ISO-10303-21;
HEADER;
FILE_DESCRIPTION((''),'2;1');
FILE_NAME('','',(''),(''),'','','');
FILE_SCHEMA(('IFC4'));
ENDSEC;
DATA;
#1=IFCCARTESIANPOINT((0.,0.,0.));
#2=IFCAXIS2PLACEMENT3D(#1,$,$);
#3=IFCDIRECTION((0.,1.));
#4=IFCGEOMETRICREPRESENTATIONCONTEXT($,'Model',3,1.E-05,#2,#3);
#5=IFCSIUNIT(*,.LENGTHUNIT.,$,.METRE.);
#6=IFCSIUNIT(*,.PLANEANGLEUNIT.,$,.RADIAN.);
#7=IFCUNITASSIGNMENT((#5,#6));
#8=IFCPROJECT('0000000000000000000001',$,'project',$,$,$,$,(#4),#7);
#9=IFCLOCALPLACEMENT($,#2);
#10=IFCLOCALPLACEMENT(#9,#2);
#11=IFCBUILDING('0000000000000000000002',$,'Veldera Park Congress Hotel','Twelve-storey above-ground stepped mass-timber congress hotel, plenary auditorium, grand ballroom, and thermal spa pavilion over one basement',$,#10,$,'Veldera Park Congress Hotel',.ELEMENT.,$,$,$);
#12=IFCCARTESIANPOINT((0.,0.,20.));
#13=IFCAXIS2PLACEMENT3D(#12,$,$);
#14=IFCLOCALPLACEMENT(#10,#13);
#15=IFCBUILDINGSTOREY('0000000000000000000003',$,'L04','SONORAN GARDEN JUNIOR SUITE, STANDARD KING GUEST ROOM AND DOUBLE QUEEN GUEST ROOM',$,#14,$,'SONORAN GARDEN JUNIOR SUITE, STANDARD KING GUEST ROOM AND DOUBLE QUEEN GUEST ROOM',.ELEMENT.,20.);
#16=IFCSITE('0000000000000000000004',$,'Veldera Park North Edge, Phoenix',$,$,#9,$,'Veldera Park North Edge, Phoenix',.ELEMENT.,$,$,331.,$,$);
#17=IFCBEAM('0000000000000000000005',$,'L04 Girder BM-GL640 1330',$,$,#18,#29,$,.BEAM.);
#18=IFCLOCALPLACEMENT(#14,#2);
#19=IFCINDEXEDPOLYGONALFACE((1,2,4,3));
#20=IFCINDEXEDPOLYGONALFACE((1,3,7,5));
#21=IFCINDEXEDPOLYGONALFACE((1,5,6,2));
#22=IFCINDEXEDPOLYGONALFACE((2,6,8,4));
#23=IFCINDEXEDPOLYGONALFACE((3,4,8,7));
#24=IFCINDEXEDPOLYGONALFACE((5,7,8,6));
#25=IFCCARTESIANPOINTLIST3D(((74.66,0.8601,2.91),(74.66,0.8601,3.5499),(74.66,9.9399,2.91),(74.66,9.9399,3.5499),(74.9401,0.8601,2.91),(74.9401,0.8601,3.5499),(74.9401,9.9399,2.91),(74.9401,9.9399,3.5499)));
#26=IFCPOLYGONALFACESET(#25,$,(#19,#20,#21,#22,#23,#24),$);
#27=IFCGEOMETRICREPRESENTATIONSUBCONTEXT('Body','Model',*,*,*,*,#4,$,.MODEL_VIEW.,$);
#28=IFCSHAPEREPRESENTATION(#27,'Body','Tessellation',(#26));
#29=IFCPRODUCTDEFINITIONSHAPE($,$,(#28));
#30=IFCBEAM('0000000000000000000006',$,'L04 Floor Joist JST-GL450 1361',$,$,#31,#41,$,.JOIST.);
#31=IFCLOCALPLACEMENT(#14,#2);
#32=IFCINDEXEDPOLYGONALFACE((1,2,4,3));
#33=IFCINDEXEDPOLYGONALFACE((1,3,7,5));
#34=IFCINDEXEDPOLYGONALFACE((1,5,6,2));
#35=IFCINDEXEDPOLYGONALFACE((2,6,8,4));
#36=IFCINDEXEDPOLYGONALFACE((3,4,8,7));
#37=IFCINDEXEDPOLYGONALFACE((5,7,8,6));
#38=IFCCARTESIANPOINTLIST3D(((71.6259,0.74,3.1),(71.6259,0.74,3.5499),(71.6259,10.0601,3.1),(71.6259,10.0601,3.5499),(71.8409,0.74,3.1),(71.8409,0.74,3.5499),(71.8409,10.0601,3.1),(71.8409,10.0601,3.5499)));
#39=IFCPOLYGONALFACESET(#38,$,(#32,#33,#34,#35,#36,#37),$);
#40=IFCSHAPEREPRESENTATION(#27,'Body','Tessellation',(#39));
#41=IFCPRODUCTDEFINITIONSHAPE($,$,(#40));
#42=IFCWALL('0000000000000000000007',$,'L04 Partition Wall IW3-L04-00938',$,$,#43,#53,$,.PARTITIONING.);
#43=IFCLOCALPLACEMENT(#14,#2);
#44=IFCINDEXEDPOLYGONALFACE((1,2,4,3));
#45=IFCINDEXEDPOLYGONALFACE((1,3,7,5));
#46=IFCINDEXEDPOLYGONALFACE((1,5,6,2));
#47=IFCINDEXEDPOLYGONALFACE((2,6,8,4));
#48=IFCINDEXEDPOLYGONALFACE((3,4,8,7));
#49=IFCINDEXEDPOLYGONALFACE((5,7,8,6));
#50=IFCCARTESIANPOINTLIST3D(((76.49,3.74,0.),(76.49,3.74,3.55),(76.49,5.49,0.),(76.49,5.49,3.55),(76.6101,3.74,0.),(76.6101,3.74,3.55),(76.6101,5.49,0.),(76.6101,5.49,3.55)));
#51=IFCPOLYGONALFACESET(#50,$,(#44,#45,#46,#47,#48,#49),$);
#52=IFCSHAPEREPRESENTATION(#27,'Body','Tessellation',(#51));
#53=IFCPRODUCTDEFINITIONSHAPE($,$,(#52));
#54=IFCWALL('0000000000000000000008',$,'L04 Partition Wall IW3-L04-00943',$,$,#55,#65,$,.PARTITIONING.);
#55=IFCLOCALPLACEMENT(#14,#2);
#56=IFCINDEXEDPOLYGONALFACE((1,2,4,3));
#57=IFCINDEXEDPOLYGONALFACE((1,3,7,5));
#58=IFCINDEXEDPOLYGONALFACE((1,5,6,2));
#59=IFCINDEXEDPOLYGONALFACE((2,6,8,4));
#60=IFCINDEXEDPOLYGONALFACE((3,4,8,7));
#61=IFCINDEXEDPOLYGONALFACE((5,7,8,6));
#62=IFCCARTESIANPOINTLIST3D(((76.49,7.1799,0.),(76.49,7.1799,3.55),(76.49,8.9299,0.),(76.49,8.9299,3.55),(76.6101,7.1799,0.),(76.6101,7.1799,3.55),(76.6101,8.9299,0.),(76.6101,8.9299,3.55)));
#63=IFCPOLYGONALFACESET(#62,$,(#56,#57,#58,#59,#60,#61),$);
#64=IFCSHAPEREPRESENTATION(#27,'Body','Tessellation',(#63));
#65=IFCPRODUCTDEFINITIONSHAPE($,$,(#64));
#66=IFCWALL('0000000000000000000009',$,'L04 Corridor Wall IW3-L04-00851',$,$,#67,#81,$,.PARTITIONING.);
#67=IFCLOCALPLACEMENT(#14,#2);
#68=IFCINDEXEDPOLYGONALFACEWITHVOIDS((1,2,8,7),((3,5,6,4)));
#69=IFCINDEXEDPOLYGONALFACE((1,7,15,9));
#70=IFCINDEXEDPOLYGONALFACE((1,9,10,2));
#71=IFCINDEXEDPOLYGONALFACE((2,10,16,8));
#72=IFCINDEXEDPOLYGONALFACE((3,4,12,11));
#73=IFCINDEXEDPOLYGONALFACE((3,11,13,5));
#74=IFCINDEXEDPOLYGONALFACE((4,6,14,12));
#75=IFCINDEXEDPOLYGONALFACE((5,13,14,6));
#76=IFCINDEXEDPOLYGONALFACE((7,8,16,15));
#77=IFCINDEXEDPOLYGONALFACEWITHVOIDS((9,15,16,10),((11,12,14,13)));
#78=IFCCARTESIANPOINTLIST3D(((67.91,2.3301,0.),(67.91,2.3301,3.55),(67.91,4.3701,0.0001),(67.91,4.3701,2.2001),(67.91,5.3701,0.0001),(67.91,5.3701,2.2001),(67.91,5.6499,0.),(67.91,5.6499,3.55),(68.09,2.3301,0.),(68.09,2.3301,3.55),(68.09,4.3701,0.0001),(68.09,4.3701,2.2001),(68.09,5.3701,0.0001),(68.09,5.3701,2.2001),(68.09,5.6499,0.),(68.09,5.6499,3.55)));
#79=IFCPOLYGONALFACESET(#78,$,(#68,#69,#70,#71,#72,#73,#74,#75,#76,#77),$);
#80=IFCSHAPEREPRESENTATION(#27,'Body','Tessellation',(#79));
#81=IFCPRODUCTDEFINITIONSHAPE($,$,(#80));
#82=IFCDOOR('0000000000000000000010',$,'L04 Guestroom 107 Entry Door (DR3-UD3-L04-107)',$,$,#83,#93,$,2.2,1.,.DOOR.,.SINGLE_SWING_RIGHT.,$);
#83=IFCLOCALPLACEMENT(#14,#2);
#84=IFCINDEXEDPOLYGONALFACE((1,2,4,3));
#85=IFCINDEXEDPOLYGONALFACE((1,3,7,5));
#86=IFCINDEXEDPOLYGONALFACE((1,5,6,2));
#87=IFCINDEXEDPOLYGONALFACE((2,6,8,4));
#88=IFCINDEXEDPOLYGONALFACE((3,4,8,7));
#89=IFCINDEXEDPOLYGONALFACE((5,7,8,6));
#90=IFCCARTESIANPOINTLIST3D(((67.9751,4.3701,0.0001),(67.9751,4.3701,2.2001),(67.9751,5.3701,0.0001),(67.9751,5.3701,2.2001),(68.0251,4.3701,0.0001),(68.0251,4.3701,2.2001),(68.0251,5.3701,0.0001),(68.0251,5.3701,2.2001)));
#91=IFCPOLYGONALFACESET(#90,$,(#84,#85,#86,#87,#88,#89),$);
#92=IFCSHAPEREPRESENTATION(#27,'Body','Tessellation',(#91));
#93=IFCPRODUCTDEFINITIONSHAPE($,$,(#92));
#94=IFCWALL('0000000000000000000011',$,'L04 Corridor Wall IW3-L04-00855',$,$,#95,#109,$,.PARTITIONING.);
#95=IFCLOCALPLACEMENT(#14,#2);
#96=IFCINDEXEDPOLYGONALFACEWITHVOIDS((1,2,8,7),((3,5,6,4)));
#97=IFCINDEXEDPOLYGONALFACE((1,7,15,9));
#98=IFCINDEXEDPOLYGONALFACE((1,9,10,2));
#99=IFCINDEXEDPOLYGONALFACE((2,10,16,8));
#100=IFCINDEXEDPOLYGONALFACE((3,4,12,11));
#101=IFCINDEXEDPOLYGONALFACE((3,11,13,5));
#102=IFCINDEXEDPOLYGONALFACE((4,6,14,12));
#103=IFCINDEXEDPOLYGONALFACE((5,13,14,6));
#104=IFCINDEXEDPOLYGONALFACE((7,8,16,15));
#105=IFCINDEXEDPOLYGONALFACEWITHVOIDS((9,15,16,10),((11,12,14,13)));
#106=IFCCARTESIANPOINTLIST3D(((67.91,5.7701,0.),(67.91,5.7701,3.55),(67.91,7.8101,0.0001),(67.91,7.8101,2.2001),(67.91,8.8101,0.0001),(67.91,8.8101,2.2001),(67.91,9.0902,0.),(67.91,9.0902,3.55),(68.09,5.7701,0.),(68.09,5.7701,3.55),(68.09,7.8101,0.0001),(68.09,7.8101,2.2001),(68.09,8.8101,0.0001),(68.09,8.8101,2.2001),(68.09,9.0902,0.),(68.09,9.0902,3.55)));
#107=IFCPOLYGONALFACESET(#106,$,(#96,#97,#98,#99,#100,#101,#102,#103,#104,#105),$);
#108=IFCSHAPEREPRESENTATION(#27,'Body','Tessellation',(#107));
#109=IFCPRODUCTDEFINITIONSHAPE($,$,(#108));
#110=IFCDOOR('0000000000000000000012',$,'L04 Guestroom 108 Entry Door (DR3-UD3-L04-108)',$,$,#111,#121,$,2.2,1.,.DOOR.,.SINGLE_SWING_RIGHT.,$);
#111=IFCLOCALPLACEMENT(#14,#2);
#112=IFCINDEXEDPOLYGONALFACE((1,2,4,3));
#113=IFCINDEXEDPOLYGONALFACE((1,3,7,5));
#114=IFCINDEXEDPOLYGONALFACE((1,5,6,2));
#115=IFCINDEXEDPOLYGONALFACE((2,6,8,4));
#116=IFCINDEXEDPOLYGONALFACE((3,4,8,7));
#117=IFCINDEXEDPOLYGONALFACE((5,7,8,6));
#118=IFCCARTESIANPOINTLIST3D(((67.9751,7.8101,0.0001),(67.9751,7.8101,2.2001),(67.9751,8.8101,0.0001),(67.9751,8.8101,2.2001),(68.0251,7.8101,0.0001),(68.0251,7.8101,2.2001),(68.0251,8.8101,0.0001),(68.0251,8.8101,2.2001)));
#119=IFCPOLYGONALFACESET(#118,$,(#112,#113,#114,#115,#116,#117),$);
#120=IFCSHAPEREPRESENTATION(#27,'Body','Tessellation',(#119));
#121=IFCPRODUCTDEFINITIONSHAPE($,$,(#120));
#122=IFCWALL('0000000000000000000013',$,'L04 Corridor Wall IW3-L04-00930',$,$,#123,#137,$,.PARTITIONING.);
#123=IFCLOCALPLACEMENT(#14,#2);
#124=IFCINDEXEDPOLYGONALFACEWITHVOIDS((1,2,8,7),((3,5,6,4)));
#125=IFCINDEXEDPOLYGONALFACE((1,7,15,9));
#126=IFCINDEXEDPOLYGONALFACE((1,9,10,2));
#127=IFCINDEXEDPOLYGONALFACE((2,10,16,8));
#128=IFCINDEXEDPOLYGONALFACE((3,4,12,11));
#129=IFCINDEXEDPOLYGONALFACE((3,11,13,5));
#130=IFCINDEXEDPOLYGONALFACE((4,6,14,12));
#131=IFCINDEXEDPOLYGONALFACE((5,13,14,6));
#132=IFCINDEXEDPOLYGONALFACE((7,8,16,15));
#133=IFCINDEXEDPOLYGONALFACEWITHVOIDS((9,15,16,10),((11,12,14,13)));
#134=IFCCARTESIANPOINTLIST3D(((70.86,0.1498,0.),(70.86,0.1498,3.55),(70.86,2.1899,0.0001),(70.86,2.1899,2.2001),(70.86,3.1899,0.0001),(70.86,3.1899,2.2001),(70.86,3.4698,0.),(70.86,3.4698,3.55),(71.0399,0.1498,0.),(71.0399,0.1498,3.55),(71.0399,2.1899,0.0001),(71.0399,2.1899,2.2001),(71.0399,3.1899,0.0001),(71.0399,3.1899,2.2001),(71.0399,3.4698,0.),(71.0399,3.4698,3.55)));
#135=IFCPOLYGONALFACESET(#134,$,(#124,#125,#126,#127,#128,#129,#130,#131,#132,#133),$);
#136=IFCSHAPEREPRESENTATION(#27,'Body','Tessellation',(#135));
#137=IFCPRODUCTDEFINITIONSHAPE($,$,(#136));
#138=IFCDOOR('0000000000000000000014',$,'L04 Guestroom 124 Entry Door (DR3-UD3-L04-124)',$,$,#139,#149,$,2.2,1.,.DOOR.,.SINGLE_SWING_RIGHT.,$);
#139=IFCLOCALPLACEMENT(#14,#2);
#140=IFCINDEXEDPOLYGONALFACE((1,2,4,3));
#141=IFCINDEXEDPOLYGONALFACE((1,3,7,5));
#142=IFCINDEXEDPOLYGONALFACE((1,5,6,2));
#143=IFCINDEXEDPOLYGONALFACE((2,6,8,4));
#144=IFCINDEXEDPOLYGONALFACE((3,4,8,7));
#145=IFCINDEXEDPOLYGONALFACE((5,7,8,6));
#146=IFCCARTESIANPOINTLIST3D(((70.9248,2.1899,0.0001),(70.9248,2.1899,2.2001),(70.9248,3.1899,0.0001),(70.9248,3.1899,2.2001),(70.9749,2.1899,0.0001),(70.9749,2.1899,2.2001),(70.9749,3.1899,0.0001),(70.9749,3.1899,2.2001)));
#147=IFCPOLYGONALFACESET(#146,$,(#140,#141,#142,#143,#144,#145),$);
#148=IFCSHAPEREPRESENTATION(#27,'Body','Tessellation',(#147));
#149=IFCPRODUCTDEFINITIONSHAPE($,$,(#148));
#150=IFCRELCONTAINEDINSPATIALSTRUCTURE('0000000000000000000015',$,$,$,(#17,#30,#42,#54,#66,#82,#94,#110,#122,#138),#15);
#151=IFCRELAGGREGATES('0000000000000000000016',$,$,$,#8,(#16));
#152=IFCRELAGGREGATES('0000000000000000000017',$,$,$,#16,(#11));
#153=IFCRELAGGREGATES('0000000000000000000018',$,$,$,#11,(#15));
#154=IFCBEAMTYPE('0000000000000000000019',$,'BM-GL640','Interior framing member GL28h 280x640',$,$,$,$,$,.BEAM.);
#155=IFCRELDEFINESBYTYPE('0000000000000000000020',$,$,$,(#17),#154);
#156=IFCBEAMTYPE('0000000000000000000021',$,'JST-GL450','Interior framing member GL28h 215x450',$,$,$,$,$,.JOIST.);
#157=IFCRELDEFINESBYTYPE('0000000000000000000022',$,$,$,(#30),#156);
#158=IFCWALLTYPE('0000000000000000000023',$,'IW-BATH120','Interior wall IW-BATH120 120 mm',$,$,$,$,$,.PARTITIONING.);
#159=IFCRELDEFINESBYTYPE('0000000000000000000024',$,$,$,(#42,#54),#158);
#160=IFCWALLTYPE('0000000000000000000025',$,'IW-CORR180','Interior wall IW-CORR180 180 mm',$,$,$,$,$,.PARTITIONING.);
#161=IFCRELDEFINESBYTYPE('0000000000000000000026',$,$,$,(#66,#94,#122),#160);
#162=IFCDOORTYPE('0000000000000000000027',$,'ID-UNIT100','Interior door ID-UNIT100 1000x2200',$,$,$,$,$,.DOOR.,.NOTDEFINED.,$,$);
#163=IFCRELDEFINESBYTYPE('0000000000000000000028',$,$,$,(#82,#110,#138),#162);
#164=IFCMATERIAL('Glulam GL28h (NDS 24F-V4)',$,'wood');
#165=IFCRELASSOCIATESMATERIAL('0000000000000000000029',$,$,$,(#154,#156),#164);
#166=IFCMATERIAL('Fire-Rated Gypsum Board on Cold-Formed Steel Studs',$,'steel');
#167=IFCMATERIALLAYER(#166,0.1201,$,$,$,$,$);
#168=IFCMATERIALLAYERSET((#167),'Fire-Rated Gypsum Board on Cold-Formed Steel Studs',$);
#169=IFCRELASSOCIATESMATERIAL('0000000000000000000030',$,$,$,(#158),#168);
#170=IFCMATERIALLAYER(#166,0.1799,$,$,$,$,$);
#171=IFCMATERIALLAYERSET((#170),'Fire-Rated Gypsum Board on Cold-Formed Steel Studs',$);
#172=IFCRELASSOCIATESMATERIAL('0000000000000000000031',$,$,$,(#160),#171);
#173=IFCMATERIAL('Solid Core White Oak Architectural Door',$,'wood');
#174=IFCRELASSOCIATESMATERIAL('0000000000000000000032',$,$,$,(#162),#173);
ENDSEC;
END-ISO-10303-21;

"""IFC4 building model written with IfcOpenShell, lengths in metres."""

from ifc_helpers import new_model, si_unit, direction, frame, frame_2d, origin, origin_2d, place, context, subcontext, project, spatial, rectangle, extrude, material, layer, layer_set, material_profile, profile_set, type_object, element, fill, save


model = new_model("IFC4")

# Units and contexts
model_context = context("Model", 3, precision=1e-05, world=origin(), true_north=direction((0.0, 1.0)))
body_context = subcontext(model_context, "Body", "Model", "MODEL_VIEW")
ifc_project = project(units=[si_unit("LENGTHUNIT", "METRE"), si_unit("PLANEANGLEUNIT", "RADIAN")], contexts=[model_context])

# Site, building, storey
site_placement = place(None, origin())
site = spatial("IfcSite", under=ifc_project, at=site_placement, Name="Veldera Park North Edge, Phoenix", LongName="Veldera Park North Edge, Phoenix", CompositionType="ELEMENT", RefElevation=331.0)
building_placement = place(site_placement, origin())
building = spatial("IfcBuilding", under=site, at=building_placement, Name="Veldera Park Congress Hotel", Description="Twelve-storey above-ground stepped mass-timber congress hotel, plenary auditorium, grand ballroom, and thermal spa pavilion over one basement", LongName="Veldera Park Congress Hotel", CompositionType="ELEMENT")
storey_placement = place(building_placement, frame((0.0, 0.0, 20.0)))
storey = spatial("IfcBuildingStorey", under=building, at=storey_placement, Name="L04", Description="SONORAN GARDEN JUNIOR SUITE, STANDARD KING GUEST ROOM AND DOUBLE QUEEN GUEST ROOM", LongName="SONORAN GARDEN JUNIOR SUITE, STANDARD KING GUEST ROOM AND DOUBLE QUEEN GUEST ROOM", CompositionType="ELEMENT", Elevation=20.0)

# Beams
ifc_material_1 = material(Name="Glulam GL28h (NDS 24F-V4)", Category="wood")
ifc_material_profile_1 = material_profile(ifc_material_1, rectangle(XDim=0.28, YDim=0.6399, at=origin_2d()), Name="GL28h 280x640")
ifc_profile_set_1 = profile_set([ifc_material_profile_1], Name="Glulam GL28h (NDS 24F-V4)")
beam_type_1 = type_object("IfcBeamType", Name="BM-GL640", Description="Interior framing member GL28h 280x640", PredefinedType="BEAM", material=ifc_profile_set_1)
beam_1_placement = place(storey_placement, frame((74.8, 0.8601, 3.23), z_axis=(0.0, 1.0, 0.0), x_axis=(-1.0, 0.0, 0.0)))
element("IfcBeam", 1, at=beam_1_placement, inside=storey, type_object=beam_type_1, Name="L04 Girder BM-GL640 1330", PredefinedType="BEAM", context=body_context, shape_type="SweptSolid", body=[
    extrude(rectangle(XDim=0.28, YDim=0.6399, at=origin_2d()), origin(), (0.0, 0.0, 1.0), 9.0798),
])
ifc_material_profile_2 = material_profile(ifc_material_1, rectangle(XDim=0.2151, YDim=0.45, at=origin_2d()), Name="GL28h 215x450")
ifc_profile_set_2 = profile_set([ifc_material_profile_2], Name="Glulam GL28h (NDS 24F-V4)")
beam_type_2 = type_object("IfcBeamType", Name="JST-GL450", Description="Interior framing member GL28h 215x450", PredefinedType="JOIST", material=ifc_profile_set_2)
beam_2_placement = place(storey_placement, frame((71.7334, 0.74, 3.325), z_axis=(0.0, 1.0, 0.0), x_axis=(-1.0, 0.0, 0.0)))
element("IfcBeam", 2, at=beam_2_placement, inside=storey, type_object=beam_type_2, Name="L04 Floor Joist JST-GL450 1361", PredefinedType="JOIST", context=body_context, shape_type="SweptSolid", body=[
    extrude(rectangle(XDim=0.2151, YDim=0.45, at=origin_2d()), origin(), (0.0, 0.0, 1.0), 9.3201),
])

# Shared definitions
ifc_material_2 = material(Name="Fire-Rated Gypsum Board on Cold-Formed Steel Studs", Category="steel")
ifc_layer_1 = layer(ifc_material_2, 0.1201)
ifc_layer_set_1 = layer_set([ifc_layer_1], Name="Fire-Rated Gypsum Board on Cold-Formed Steel Studs")
wall_type_1 = type_object("IfcWallType", Name="IW-BATH120", Description="Interior wall IW-BATH120 120 mm", PredefinedType="PARTITIONING", material=ifc_layer_set_1)
ifc_material_3 = material(Name="Solid Core White Oak Architectural Door", Category="wood")

# Wall
wall_1_placement = place(storey_placement, frame((76.55, 3.74, 0.0), z_axis=(0.0, 0.0, 1.0), x_axis=(0.0, 1.0, 0.0)))
element("IfcWall", 3, at=wall_1_placement, inside=storey, type_object=wall_type_1, Name="L04 Partition Wall IW3-L04-00938", PredefinedType="PARTITIONING", context=body_context, shape_type="SweptSolid", body=[
    extrude(rectangle(XDim=1.75, YDim=0.1201, at=frame_2d((0.875, 0.0))), origin(), (0.0, 0.0, 1.0), 3.55),
])

# Wall
wall_2_placement = place(storey_placement, frame((76.55, 7.1799, 0.0), z_axis=(0.0, 0.0, 1.0), x_axis=(0.0, 1.0, 0.0)))
element("IfcWall", 4, at=wall_2_placement, inside=storey, type_object=wall_type_1, Name="L04 Partition Wall IW3-L04-00943", PredefinedType="PARTITIONING", context=body_context, shape_type="SweptSolid", body=[
    extrude(rectangle(XDim=1.75, YDim=0.1201, at=frame_2d((0.875, 0.0))), origin(), (0.0, 0.0, 1.0), 3.55),
])

# Walls, openings, doors
ifc_layer_2 = layer(ifc_material_2, 0.1799)
ifc_layer_set_2 = layer_set([ifc_layer_2], Name="Fire-Rated Gypsum Board on Cold-Formed Steel Studs")
wall_type_2 = type_object("IfcWallType", Name="IW-CORR180", Description="Interior wall IW-CORR180 180 mm", PredefinedType="PARTITIONING", material=ifc_layer_set_2)
wall_3_placement = place(storey_placement, frame((68.0, 2.3301, 0.0), z_axis=(0.0, 0.0, 1.0), x_axis=(0.0, 1.0, 0.0)))
wall_3 = element("IfcWall", 5, at=wall_3_placement, inside=storey, type_object=wall_type_2, Name="L04 Corridor Wall IW3-L04-00851", PredefinedType="PARTITIONING", context=body_context, shape_type="SweptSolid", body=[
    extrude(rectangle(XDim=3.3198, YDim=0.1799, at=frame_2d((1.6599, 0.0))), origin(), (0.0, 0.0, 1.0), 3.55),
])
opening_1_placement = place(wall_3_placement, frame((2.04, 0.0, 0.0)))
opening_1 = element("IfcOpeningElement", 6, at=opening_1_placement, cuts=wall_3, PredefinedType="OPENING", context=body_context, shape_type="SweptSolid", body=[
    extrude(rectangle(XDim=1.0, YDim=2.2, at=frame_2d((0.5, 1.1001))), frame((0.0, 0.1021, 0.0), z_axis=(0.0, -1.0, 0.0), x_axis=(1.0, 0.0, 0.0)), (0.0, 0.0, 1.0), 0.2039),
])
door_type_1 = type_object("IfcDoorType", Name="ID-UNIT100", Description="Interior door ID-UNIT100 1000x2200", OperationType="NOTDEFINED", PredefinedType="DOOR", material=ifc_material_3)
door_1_placement = place(opening_1_placement, origin())
door_1 = element("IfcDoor", 7, at=door_1_placement, inside=storey, type_object=door_type_1, Name="L04 Guestroom 107 Entry Door (DR3-UD3-L04-107)", OperationType="SINGLE_SWING_RIGHT", OverallHeight=2.2, OverallWidth=1.0, PredefinedType="DOOR", context=body_context, shape_type="SweptSolid", body=[
    extrude(rectangle(XDim=1.0, YDim=2.2, at=frame_2d((0.5, 1.1001))), frame((0.0, 0.0249, 0.0), z_axis=(0.0, -1.0, 0.0), x_axis=(1.0, 0.0, 0.0)), (0.0, 0.0, 1.0), 0.05),
])
fill(opening_1, door_1)
wall_4_placement = place(storey_placement, frame((68.0, 5.77, 0.0), z_axis=(0.0, 0.0, 1.0), x_axis=(0.0, 1.0, 0.0)))
wall_4 = element("IfcWall", 8, at=wall_4_placement, inside=storey, type_object=wall_type_2, Name="L04 Corridor Wall IW3-L04-00855", PredefinedType="PARTITIONING", context=body_context, shape_type="SweptSolid", body=[
    extrude(rectangle(XDim=3.3201, YDim=0.1799, at=frame_2d((1.6602, 0.0))), origin(), (0.0, 0.0, 1.0), 3.55),
])
opening_2_placement = place(wall_4_placement, frame((2.04, 0.0, 0.0)))
opening_2 = element("IfcOpeningElement", 9, at=opening_2_placement, cuts=wall_4, PredefinedType="OPENING", context=body_context, shape_type="SweptSolid", body=[
    extrude(rectangle(XDim=1.0, YDim=2.2, at=frame_2d((0.5, 1.1001))), frame((0.0, 0.1021, 0.0), z_axis=(0.0, -1.0, 0.0), x_axis=(1.0, 0.0, 0.0)), (0.0, 0.0, 1.0), 0.2039),
])
door_2_placement = place(opening_2_placement, origin())
door_2 = element("IfcDoor", 10, at=door_2_placement, inside=storey, type_object=door_type_1, Name="L04 Guestroom 108 Entry Door (DR3-UD3-L04-108)", OperationType="SINGLE_SWING_RIGHT", OverallHeight=2.2, OverallWidth=1.0, PredefinedType="DOOR", context=body_context, shape_type="SweptSolid", body=[
    extrude(rectangle(XDim=1.0, YDim=2.2, at=frame_2d((0.5, 1.1001))), frame((0.0, 0.0249, 0.0), z_axis=(0.0, -1.0, 0.0), x_axis=(1.0, 0.0, 0.0)), (0.0, 0.0, 1.0), 0.05),
])
fill(opening_2, door_2)
wall_5_placement = place(storey_placement, frame((70.95, 3.47, 0.0), z_axis=(0.0, 0.0, 1.0), x_axis=(0.0, -1.0, 0.0)))
wall_5 = element("IfcWall", 11, at=wall_5_placement, inside=storey, type_object=wall_type_2, Name="L04 Corridor Wall IW3-L04-00930", PredefinedType="PARTITIONING", context=body_context, shape_type="SweptSolid", body=[
    extrude(rectangle(XDim=3.3201, YDim=0.1799, at=frame_2d((1.6602, 0.0))), origin(), (0.0, 0.0, 1.0), 3.55),
])
opening_3_placement = place(wall_5_placement, frame((0.28, 0.0, 0.0)))
opening_3 = element("IfcOpeningElement", 12, at=opening_3_placement, cuts=wall_5, PredefinedType="OPENING", context=body_context, shape_type="SweptSolid", body=[
    extrude(rectangle(XDim=1.0, YDim=2.2, at=frame_2d((0.5, 1.1001))), frame((0.0, 0.1021, 0.0), z_axis=(0.0, -1.0, 0.0), x_axis=(1.0, 0.0, 0.0)), (0.0, 0.0, 1.0), 0.2039),
])
door_3_placement = place(opening_3_placement, origin())
door_3 = element("IfcDoor", 13, at=door_3_placement, inside=storey, type_object=door_type_1, Name="L04 Guestroom 124 Entry Door (DR3-UD3-L04-124)", OperationType="SINGLE_SWING_RIGHT", OverallHeight=2.2, OverallWidth=1.0, PredefinedType="DOOR", context=body_context, shape_type="SweptSolid", body=[
    extrude(rectangle(XDim=1.0, YDim=2.2, at=frame_2d((0.5, 1.1001))), frame((0.0, 0.0249, 0.0), z_axis=(0.0, -1.0, 0.0), x_axis=(1.0, 0.0, 0.0)), (0.0, 0.0, 1.0), 0.05),
])
fill(opening_3, door_3)

save(model, "model.ifc")
